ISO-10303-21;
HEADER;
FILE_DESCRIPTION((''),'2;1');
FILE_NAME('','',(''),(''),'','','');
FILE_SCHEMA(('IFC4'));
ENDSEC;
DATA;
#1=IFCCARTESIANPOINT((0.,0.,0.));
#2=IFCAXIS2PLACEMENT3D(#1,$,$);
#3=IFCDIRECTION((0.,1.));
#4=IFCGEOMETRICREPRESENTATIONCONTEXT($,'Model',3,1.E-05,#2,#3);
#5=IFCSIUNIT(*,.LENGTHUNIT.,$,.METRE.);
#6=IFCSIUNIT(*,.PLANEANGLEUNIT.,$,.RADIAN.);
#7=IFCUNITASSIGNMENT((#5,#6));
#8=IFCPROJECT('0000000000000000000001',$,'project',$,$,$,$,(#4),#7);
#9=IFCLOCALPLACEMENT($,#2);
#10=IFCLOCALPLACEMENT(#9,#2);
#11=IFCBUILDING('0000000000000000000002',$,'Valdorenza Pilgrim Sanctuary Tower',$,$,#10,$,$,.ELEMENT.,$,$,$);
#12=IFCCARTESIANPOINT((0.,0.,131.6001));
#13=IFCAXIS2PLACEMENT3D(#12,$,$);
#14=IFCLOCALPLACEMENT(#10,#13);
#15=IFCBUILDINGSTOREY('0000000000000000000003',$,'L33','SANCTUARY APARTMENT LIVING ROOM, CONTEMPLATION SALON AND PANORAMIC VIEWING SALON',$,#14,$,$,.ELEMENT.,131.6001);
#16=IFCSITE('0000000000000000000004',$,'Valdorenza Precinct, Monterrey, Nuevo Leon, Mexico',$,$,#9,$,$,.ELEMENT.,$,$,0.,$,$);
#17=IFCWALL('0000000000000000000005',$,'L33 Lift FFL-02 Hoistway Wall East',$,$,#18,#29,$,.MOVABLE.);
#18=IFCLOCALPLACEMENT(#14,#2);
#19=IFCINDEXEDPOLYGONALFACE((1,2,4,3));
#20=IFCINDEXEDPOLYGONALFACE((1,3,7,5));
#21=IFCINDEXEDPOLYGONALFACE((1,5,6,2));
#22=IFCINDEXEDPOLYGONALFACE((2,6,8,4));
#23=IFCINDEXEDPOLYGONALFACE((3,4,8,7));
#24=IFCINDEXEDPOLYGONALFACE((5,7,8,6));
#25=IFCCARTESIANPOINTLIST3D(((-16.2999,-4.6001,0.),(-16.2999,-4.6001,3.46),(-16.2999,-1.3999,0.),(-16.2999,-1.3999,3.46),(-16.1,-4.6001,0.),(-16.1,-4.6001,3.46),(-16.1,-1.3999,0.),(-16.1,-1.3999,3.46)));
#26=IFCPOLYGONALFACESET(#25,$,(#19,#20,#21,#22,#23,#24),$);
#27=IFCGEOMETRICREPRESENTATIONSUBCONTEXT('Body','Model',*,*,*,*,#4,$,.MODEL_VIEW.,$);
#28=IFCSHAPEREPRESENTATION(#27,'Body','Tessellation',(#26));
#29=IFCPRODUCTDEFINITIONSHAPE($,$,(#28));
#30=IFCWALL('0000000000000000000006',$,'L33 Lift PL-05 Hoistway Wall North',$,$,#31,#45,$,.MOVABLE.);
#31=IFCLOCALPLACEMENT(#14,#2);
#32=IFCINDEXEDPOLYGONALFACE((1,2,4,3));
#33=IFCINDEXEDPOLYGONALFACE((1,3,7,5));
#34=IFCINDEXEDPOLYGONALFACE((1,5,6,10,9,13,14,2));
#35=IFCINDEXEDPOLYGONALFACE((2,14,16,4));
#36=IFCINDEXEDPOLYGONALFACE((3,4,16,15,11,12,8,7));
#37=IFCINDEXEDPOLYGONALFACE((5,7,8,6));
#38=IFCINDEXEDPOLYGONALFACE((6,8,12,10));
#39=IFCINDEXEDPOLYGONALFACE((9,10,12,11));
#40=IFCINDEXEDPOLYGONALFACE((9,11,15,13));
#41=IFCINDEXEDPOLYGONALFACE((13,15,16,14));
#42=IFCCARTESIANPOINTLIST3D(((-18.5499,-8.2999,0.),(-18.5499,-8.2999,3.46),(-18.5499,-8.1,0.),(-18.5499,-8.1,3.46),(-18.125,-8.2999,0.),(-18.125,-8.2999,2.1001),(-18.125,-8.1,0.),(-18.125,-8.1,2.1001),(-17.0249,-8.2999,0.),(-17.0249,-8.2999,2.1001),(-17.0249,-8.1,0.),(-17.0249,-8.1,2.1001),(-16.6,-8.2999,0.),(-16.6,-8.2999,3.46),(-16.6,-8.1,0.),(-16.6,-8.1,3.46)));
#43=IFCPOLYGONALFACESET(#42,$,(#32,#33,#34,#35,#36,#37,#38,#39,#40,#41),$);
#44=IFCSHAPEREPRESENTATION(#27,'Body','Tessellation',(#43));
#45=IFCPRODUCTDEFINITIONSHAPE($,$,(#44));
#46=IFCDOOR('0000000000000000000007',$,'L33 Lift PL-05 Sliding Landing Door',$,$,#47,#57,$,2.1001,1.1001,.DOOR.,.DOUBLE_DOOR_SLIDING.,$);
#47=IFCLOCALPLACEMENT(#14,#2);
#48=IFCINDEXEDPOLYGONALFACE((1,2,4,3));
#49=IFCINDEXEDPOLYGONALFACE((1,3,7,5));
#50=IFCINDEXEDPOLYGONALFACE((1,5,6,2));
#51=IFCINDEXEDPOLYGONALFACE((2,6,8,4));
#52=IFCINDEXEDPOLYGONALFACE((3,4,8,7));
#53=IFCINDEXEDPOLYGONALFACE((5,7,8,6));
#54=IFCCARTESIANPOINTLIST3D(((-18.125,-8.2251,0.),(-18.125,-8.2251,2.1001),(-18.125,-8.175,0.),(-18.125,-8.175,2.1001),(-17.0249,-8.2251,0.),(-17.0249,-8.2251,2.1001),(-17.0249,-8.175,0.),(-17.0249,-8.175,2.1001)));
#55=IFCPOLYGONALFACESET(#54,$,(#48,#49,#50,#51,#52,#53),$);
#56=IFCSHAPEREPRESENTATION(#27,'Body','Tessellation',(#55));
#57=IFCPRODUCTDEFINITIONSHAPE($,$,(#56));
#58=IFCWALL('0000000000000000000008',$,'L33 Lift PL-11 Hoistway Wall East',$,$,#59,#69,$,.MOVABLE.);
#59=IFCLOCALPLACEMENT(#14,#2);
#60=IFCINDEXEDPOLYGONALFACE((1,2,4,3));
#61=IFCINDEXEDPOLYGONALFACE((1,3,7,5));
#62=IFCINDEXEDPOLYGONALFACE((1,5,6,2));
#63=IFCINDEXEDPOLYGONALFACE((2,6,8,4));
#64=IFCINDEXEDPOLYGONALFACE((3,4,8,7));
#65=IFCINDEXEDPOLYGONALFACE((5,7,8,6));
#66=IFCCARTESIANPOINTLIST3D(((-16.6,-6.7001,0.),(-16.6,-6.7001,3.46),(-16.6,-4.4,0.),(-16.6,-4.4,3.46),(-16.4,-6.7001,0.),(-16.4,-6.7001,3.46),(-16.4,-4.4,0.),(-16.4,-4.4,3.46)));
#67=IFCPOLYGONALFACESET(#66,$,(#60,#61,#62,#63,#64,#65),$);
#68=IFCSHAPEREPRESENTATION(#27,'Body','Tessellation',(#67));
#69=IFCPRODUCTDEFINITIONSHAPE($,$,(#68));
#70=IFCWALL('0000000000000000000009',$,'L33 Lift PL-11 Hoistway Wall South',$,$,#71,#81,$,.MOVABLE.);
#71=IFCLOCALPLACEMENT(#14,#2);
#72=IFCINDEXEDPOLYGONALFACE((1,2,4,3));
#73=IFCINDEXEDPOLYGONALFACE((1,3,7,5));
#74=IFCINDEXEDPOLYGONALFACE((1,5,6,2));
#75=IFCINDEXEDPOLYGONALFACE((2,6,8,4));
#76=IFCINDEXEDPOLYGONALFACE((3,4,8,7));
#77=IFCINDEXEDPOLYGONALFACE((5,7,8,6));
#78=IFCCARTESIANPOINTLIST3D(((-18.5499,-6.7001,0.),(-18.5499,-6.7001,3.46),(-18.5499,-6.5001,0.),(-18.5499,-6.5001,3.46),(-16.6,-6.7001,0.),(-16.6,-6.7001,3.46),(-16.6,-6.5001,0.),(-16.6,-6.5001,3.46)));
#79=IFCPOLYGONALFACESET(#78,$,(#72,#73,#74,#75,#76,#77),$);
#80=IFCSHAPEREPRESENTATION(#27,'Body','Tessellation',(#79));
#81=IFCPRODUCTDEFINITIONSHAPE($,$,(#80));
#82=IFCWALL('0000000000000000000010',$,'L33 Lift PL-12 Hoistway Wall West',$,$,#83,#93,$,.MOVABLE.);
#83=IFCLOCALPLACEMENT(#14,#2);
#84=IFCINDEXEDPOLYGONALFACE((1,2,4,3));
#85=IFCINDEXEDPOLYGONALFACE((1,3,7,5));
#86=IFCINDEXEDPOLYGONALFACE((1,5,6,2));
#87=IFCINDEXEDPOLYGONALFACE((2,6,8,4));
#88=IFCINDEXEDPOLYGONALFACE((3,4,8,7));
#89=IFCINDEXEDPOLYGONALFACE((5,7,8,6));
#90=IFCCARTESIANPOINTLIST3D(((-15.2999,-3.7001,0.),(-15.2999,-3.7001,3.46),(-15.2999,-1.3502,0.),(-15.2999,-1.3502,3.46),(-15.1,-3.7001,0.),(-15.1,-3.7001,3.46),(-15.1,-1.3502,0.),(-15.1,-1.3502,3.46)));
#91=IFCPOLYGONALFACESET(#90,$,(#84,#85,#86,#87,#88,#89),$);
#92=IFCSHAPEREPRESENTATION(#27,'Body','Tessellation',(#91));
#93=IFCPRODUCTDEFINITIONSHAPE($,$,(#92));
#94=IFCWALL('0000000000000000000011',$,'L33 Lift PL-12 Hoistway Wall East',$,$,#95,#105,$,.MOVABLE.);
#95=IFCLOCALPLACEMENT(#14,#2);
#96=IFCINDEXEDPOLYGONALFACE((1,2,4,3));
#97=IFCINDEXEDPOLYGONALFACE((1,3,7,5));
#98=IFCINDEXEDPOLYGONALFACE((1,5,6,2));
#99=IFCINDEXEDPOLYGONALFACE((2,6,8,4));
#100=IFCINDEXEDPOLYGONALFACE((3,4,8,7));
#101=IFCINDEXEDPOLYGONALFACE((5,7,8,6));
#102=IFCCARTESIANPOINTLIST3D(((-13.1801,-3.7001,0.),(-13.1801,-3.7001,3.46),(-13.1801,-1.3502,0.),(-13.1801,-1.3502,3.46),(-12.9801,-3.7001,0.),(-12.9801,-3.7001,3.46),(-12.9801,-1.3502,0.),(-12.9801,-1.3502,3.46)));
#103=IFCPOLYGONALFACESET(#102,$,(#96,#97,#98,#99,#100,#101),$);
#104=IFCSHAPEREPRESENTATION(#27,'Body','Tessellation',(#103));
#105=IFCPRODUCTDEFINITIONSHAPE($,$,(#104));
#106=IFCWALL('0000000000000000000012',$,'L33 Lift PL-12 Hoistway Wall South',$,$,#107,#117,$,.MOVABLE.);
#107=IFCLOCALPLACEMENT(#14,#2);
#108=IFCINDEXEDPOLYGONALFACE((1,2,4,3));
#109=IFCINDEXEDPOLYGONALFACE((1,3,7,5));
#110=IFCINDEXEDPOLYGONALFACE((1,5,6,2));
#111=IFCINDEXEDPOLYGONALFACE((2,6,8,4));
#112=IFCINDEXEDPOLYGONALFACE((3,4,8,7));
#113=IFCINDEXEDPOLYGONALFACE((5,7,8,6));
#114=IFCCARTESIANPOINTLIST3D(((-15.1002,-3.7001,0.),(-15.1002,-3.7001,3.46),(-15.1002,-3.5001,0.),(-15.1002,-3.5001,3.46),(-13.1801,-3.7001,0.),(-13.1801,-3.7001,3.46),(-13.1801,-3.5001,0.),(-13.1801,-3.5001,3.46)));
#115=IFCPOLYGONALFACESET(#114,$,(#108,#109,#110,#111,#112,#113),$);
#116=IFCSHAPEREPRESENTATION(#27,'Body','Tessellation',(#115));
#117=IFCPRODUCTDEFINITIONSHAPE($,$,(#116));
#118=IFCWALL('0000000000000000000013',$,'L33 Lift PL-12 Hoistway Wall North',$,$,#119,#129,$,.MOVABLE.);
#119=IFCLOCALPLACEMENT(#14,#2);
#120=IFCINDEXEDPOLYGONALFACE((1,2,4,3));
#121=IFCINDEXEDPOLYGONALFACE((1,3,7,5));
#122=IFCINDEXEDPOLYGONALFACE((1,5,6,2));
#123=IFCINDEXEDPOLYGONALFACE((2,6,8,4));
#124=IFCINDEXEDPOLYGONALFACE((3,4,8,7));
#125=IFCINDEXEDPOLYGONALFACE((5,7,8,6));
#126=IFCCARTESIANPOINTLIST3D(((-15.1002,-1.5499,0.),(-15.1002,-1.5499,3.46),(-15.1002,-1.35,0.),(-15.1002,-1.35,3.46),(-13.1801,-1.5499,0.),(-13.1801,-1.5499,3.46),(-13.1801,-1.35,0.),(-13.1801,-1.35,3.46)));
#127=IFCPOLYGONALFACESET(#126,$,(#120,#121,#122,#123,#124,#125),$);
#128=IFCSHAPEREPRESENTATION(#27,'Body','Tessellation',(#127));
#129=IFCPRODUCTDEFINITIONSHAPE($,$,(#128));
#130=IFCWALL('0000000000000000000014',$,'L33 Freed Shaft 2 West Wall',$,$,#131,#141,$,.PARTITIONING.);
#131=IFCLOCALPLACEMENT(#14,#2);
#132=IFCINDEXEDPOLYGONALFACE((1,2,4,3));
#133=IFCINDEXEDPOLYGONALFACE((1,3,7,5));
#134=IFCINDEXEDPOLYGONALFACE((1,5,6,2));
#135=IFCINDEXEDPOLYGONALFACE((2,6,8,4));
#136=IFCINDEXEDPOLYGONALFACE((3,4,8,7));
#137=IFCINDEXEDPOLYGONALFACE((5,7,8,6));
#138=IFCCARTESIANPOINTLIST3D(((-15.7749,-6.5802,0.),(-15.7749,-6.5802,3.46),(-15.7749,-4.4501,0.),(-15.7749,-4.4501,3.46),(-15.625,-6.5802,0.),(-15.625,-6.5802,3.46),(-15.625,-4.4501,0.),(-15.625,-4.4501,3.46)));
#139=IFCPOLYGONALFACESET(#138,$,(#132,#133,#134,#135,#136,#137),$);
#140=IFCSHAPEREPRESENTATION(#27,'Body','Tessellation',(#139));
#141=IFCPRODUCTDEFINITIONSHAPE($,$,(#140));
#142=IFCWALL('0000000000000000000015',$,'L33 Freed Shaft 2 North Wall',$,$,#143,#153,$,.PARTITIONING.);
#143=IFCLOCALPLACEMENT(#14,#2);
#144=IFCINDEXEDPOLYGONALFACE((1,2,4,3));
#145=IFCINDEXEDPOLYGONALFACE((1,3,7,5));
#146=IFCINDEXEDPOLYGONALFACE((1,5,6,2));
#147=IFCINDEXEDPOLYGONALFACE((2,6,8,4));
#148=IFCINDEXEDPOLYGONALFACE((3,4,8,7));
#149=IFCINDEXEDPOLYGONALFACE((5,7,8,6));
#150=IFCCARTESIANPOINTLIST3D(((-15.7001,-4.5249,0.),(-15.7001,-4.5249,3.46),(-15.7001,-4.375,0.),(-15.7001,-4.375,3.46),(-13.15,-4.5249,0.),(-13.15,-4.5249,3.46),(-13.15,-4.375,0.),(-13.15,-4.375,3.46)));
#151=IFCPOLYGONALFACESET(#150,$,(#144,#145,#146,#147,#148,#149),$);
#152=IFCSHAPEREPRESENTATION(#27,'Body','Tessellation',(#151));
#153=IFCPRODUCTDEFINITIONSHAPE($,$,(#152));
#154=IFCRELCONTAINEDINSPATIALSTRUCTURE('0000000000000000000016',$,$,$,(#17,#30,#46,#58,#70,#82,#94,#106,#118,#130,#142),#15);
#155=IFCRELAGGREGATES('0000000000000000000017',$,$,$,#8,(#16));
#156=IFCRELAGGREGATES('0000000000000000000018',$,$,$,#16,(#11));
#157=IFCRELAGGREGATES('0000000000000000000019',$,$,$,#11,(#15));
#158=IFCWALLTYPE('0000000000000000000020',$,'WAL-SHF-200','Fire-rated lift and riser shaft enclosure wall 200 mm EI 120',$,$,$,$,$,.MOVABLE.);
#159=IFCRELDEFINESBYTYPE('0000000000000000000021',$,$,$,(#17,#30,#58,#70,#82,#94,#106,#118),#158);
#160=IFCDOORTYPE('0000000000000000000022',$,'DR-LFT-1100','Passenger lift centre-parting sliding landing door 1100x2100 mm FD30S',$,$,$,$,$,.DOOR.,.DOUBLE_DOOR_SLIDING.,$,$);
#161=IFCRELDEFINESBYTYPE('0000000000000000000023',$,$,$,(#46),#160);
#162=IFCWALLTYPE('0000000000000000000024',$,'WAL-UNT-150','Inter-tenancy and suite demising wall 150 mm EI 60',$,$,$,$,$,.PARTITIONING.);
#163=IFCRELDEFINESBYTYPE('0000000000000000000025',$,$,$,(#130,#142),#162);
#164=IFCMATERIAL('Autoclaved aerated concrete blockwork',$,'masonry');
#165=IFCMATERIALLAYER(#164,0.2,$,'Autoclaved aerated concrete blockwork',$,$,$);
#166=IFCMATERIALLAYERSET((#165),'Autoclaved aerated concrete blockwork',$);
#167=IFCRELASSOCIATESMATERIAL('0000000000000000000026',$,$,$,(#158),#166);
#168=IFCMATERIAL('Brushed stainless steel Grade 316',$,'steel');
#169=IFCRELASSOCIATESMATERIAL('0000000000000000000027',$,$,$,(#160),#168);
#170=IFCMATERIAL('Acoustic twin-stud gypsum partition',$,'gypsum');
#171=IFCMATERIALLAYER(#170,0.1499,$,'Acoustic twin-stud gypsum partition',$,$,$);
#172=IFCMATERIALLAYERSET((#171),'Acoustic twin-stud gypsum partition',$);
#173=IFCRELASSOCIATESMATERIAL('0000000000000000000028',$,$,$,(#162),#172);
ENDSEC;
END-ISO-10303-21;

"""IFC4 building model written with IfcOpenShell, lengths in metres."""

from ifc_helpers import new_model, si_unit, direction, frame, frame_2d, origin, place, context, subcontext, project, spatial, rectangle, extrude, material, layer, layer_set, type_object, element, fill, save


model = new_model("IFC4")

# Units and contexts
model_context = context("Model", 3, precision=1e-05, world=origin(), true_north=direction((0.0, 1.0)))
body_context = subcontext(model_context, "Body", "Model", "MODEL_VIEW")
ifc_project = project(units=[si_unit("LENGTHUNIT", "METRE"), si_unit("PLANEANGLEUNIT", "RADIAN")], contexts=[model_context])

# Site, building, storey
site_placement = place(None, origin())
site = spatial("IfcSite", under=ifc_project, at=site_placement, Name="Valdorenza Precinct, Monterrey, Nuevo Leon, Mexico", CompositionType="ELEMENT", RefElevation=0.0)
building_placement = place(site_placement, origin())
building = spatial("IfcBuilding", under=site, at=building_placement, Name="Valdorenza Pilgrim Sanctuary Tower", CompositionType="ELEMENT")
storey_placement = place(building_placement, frame((0.0, 0.0, 131.6001)))
storey = spatial("IfcBuildingStorey", under=building, at=storey_placement, Name="L33", Description="SANCTUARY APARTMENT LIVING ROOM, CONTEMPLATION SALON AND PANORAMIC VIEWING SALON", CompositionType="ELEMENT", Elevation=131.6001)

# Shared definitions
ifc_material_1 = material(Name="Acoustic twin-stud gypsum partition", Category="gypsum")

# Wall
ifc_material_2 = material(Name="Autoclaved aerated concrete blockwork", Category="masonry")
ifc_layer_1 = layer(ifc_material_2, 0.2, Name="Autoclaved aerated concrete blockwork")
ifc_layer_set_1 = layer_set([ifc_layer_1], Name="Autoclaved aerated concrete blockwork")
wall_type_1 = type_object("IfcWallType", Name="WAL-SHF-200", Description="Fire-rated lift and riser shaft enclosure wall 200 mm EI 120", PredefinedType="MOVABLE", material=ifc_layer_set_1)
wall_1_placement = place(storey_placement, frame((-16.2, -4.6001, 0.0), z_axis=(0.0, 0.0, 1.0), x_axis=(0.0, 1.0, 0.0)))
element("IfcWall", 1, at=wall_1_placement, inside=storey, type_object=wall_type_1, Name="L33 Lift FFL-02 Hoistway Wall East", PredefinedType="MOVABLE", context=body_context, shape_type="SweptSolid", body=[
    extrude(rectangle(XDim=3.2002, YDim=0.2, at=frame_2d((1.6001, 0.0))), origin(), (0.0, 0.0, 1.0), 3.46),
])

# Wall, opening, door
wall_2_placement = place(storey_placement, frame((-18.55, -8.2, 0.0), z_axis=(0.0, 0.0, 1.0), x_axis=(1.0, 0.0, 0.0)))
wall_2 = element("IfcWall", 2, at=wall_2_placement, inside=storey, type_object=wall_type_1, Name="L33 Lift PL-05 Hoistway Wall North", PredefinedType="MOVABLE", context=body_context, shape_type="SweptSolid", body=[
    extrude(rectangle(XDim=1.95, YDim=0.2, at=frame_2d((0.9751, 0.0))), origin(), (0.0, 0.0, 1.0), 3.46),
])
opening_1_placement = place(wall_2_placement, frame((0.425, 0.0, 0.0)))
opening_1 = element("IfcOpeningElement", 3, at=opening_1_placement, cuts=wall_2, PredefinedType="OPENING", context=body_context, shape_type="SweptSolid", body=[
    extrude(rectangle(XDim=1.1001, YDim=2.1001, at=frame_2d((0.55, 1.05))), frame((0.0, 0.1147, 0.0), z_axis=(0.0, -1.0, 0.0), x_axis=(1.0, 0.0, 0.0)), (0.0, 0.0, 1.0), 0.2297),
])
ifc_material_3 = material(Name="Brushed stainless steel Grade 316", Category="steel")
door_type_1 = type_object("IfcDoorType", Name="DR-LFT-1100", Description="Passenger lift centre-parting sliding landing door 1100x2100 mm FD30S", OperationType="DOUBLE_DOOR_SLIDING", PredefinedType="DOOR", material=ifc_material_3)
door_1_placement = place(opening_1_placement, origin())
door_1 = element("IfcDoor", 4, at=door_1_placement, inside=storey, type_object=door_type_1, Name="L33 Lift PL-05 Sliding Landing Door", OperationType="DOUBLE_DOOR_SLIDING", OverallHeight=2.1001, OverallWidth=1.1001, PredefinedType="DOOR", context=body_context, shape_type="SweptSolid", body=[
    extrude(rectangle(XDim=1.1001, YDim=2.1001, at=frame_2d((0.55, 1.05))), frame((0.0, 0.0249, 0.0), z_axis=(0.0, -1.0, 0.0), x_axis=(1.0, 0.0, 0.0)), (0.0, 0.0, 1.0), 0.05),
])
fill(opening_1, door_1)

# Walls
wall_3_placement = place(storey_placement, frame((-16.5, -6.7, 0.0), z_axis=(0.0, 0.0, 1.0), x_axis=(0.0, 1.0, 0.0)))
element("IfcWall", 5, at=wall_3_placement, inside=storey, type_object=wall_type_1, Name="L33 Lift PL-11 Hoistway Wall East", PredefinedType="MOVABLE", context=body_context, shape_type="SweptSolid", body=[
    extrude(rectangle(XDim=2.3, YDim=0.2, at=frame_2d((1.1499, 0.0))), origin(), (0.0, 0.0, 1.0), 3.46),
])
wall_4_placement = place(storey_placement, frame((-18.55, -6.6001, 0.0), z_axis=(0.0, 0.0, 1.0), x_axis=(1.0, 0.0, 0.0)))
element("IfcWall", 6, at=wall_4_placement, inside=storey, type_object=wall_type_1, Name="L33 Lift PL-11 Hoistway Wall South", PredefinedType="MOVABLE", context=body_context, shape_type="SweptSolid", body=[
    extrude(rectangle(XDim=1.95, YDim=0.2, at=frame_2d((0.9751, 0.0))), origin(), (0.0, 0.0, 1.0), 3.46),
])
for number, where, z_axis, x_axis, name in (
    (7, (-15.2, -3.7, 0.0), (0.0, 0.0, 1.0), (0.0, 1.0, 0.0), "L33 Lift PL-12 Hoistway Wall West"),
    (8, (-13.0801, -3.7, 0.0), (0.0, 0.0, 1.0), (0.0, 1.0, 0.0), "L33 Lift PL-12 Hoistway Wall East"),
):
    element("IfcWall", number, at=place(storey_placement, frame(where, z_axis=z_axis, x_axis=x_axis)), inside=storey, type_object=wall_type_1, Name=name, PredefinedType="MOVABLE", context=body_context, shape_type="SweptSolid", body=[
        extrude(rectangle(XDim=2.3499, YDim=0.2, at=frame_2d((1.1748, 0.0))), origin(), (0.0, 0.0, 1.0), 3.46),
    ])
for number, where, z_axis, x_axis, name in (
    (9, (-15.1001, -3.6001, 0.0), (0.0, 0.0, 1.0), (1.0, 0.0, 0.0), "L33 Lift PL-12 Hoistway Wall South"),
    (10, (-15.1001, -1.45, 0.0), (0.0, 0.0, 1.0), (1.0, 0.0, 0.0), "L33 Lift PL-12 Hoistway Wall North"),
):
    element("IfcWall", number, at=place(storey_placement, frame(where, z_axis=z_axis, x_axis=x_axis)), inside=storey, type_object=wall_type_1, Name=name, PredefinedType="MOVABLE", context=body_context, shape_type="SweptSolid", body=[
        extrude(rectangle(XDim=1.9202, YDim=0.2, at=frame_2d((0.96, 0.0))), origin(), (0.0, 0.0, 1.0), 3.46),
    ])
ifc_layer_2 = layer(ifc_material_1, 0.1499, Name="Acoustic twin-stud gypsum partition")
ifc_layer_set_2 = layer_set([ifc_layer_2], Name="Acoustic twin-stud gypsum partition")
wall_type_2 = type_object("IfcWallType", Name="WAL-UNT-150", Description="Inter-tenancy and suite demising wall 150 mm EI 60", PredefinedType="PARTITIONING", material=ifc_layer_set_2)
wall_5_placement = place(storey_placement, frame((-15.7, -6.5801, 0.0), z_axis=(0.0, 0.0, 1.0), x_axis=(0.0, 1.0, 0.0)))
element("IfcWall", 11, at=wall_5_placement, inside=storey, type_object=wall_type_2, Name="L33 Freed Shaft 2 West Wall", PredefinedType="PARTITIONING", context=body_context, shape_type="SweptSolid", body=[
    extrude(rectangle(XDim=2.1301, YDim=0.1499, at=frame_2d((1.0649, 0.0))), origin(), (0.0, 0.0, 1.0), 3.46),
])
wall_6_placement = place(storey_placement, frame((-15.7, -4.45, 0.0), z_axis=(0.0, 0.0, 1.0), x_axis=(1.0, 0.0, 0.0)))
element("IfcWall", 12, at=wall_6_placement, inside=storey, type_object=wall_type_2, Name="L33 Freed Shaft 2 North Wall", PredefinedType="PARTITIONING", context=body_context, shape_type="SweptSolid", body=[
    extrude(rectangle(XDim=2.55, YDim=0.1499, at=frame_2d((1.2749, 0.0))), origin(), (0.0, 0.0, 1.0), 3.46),
])

save(model, "model.ifc")
